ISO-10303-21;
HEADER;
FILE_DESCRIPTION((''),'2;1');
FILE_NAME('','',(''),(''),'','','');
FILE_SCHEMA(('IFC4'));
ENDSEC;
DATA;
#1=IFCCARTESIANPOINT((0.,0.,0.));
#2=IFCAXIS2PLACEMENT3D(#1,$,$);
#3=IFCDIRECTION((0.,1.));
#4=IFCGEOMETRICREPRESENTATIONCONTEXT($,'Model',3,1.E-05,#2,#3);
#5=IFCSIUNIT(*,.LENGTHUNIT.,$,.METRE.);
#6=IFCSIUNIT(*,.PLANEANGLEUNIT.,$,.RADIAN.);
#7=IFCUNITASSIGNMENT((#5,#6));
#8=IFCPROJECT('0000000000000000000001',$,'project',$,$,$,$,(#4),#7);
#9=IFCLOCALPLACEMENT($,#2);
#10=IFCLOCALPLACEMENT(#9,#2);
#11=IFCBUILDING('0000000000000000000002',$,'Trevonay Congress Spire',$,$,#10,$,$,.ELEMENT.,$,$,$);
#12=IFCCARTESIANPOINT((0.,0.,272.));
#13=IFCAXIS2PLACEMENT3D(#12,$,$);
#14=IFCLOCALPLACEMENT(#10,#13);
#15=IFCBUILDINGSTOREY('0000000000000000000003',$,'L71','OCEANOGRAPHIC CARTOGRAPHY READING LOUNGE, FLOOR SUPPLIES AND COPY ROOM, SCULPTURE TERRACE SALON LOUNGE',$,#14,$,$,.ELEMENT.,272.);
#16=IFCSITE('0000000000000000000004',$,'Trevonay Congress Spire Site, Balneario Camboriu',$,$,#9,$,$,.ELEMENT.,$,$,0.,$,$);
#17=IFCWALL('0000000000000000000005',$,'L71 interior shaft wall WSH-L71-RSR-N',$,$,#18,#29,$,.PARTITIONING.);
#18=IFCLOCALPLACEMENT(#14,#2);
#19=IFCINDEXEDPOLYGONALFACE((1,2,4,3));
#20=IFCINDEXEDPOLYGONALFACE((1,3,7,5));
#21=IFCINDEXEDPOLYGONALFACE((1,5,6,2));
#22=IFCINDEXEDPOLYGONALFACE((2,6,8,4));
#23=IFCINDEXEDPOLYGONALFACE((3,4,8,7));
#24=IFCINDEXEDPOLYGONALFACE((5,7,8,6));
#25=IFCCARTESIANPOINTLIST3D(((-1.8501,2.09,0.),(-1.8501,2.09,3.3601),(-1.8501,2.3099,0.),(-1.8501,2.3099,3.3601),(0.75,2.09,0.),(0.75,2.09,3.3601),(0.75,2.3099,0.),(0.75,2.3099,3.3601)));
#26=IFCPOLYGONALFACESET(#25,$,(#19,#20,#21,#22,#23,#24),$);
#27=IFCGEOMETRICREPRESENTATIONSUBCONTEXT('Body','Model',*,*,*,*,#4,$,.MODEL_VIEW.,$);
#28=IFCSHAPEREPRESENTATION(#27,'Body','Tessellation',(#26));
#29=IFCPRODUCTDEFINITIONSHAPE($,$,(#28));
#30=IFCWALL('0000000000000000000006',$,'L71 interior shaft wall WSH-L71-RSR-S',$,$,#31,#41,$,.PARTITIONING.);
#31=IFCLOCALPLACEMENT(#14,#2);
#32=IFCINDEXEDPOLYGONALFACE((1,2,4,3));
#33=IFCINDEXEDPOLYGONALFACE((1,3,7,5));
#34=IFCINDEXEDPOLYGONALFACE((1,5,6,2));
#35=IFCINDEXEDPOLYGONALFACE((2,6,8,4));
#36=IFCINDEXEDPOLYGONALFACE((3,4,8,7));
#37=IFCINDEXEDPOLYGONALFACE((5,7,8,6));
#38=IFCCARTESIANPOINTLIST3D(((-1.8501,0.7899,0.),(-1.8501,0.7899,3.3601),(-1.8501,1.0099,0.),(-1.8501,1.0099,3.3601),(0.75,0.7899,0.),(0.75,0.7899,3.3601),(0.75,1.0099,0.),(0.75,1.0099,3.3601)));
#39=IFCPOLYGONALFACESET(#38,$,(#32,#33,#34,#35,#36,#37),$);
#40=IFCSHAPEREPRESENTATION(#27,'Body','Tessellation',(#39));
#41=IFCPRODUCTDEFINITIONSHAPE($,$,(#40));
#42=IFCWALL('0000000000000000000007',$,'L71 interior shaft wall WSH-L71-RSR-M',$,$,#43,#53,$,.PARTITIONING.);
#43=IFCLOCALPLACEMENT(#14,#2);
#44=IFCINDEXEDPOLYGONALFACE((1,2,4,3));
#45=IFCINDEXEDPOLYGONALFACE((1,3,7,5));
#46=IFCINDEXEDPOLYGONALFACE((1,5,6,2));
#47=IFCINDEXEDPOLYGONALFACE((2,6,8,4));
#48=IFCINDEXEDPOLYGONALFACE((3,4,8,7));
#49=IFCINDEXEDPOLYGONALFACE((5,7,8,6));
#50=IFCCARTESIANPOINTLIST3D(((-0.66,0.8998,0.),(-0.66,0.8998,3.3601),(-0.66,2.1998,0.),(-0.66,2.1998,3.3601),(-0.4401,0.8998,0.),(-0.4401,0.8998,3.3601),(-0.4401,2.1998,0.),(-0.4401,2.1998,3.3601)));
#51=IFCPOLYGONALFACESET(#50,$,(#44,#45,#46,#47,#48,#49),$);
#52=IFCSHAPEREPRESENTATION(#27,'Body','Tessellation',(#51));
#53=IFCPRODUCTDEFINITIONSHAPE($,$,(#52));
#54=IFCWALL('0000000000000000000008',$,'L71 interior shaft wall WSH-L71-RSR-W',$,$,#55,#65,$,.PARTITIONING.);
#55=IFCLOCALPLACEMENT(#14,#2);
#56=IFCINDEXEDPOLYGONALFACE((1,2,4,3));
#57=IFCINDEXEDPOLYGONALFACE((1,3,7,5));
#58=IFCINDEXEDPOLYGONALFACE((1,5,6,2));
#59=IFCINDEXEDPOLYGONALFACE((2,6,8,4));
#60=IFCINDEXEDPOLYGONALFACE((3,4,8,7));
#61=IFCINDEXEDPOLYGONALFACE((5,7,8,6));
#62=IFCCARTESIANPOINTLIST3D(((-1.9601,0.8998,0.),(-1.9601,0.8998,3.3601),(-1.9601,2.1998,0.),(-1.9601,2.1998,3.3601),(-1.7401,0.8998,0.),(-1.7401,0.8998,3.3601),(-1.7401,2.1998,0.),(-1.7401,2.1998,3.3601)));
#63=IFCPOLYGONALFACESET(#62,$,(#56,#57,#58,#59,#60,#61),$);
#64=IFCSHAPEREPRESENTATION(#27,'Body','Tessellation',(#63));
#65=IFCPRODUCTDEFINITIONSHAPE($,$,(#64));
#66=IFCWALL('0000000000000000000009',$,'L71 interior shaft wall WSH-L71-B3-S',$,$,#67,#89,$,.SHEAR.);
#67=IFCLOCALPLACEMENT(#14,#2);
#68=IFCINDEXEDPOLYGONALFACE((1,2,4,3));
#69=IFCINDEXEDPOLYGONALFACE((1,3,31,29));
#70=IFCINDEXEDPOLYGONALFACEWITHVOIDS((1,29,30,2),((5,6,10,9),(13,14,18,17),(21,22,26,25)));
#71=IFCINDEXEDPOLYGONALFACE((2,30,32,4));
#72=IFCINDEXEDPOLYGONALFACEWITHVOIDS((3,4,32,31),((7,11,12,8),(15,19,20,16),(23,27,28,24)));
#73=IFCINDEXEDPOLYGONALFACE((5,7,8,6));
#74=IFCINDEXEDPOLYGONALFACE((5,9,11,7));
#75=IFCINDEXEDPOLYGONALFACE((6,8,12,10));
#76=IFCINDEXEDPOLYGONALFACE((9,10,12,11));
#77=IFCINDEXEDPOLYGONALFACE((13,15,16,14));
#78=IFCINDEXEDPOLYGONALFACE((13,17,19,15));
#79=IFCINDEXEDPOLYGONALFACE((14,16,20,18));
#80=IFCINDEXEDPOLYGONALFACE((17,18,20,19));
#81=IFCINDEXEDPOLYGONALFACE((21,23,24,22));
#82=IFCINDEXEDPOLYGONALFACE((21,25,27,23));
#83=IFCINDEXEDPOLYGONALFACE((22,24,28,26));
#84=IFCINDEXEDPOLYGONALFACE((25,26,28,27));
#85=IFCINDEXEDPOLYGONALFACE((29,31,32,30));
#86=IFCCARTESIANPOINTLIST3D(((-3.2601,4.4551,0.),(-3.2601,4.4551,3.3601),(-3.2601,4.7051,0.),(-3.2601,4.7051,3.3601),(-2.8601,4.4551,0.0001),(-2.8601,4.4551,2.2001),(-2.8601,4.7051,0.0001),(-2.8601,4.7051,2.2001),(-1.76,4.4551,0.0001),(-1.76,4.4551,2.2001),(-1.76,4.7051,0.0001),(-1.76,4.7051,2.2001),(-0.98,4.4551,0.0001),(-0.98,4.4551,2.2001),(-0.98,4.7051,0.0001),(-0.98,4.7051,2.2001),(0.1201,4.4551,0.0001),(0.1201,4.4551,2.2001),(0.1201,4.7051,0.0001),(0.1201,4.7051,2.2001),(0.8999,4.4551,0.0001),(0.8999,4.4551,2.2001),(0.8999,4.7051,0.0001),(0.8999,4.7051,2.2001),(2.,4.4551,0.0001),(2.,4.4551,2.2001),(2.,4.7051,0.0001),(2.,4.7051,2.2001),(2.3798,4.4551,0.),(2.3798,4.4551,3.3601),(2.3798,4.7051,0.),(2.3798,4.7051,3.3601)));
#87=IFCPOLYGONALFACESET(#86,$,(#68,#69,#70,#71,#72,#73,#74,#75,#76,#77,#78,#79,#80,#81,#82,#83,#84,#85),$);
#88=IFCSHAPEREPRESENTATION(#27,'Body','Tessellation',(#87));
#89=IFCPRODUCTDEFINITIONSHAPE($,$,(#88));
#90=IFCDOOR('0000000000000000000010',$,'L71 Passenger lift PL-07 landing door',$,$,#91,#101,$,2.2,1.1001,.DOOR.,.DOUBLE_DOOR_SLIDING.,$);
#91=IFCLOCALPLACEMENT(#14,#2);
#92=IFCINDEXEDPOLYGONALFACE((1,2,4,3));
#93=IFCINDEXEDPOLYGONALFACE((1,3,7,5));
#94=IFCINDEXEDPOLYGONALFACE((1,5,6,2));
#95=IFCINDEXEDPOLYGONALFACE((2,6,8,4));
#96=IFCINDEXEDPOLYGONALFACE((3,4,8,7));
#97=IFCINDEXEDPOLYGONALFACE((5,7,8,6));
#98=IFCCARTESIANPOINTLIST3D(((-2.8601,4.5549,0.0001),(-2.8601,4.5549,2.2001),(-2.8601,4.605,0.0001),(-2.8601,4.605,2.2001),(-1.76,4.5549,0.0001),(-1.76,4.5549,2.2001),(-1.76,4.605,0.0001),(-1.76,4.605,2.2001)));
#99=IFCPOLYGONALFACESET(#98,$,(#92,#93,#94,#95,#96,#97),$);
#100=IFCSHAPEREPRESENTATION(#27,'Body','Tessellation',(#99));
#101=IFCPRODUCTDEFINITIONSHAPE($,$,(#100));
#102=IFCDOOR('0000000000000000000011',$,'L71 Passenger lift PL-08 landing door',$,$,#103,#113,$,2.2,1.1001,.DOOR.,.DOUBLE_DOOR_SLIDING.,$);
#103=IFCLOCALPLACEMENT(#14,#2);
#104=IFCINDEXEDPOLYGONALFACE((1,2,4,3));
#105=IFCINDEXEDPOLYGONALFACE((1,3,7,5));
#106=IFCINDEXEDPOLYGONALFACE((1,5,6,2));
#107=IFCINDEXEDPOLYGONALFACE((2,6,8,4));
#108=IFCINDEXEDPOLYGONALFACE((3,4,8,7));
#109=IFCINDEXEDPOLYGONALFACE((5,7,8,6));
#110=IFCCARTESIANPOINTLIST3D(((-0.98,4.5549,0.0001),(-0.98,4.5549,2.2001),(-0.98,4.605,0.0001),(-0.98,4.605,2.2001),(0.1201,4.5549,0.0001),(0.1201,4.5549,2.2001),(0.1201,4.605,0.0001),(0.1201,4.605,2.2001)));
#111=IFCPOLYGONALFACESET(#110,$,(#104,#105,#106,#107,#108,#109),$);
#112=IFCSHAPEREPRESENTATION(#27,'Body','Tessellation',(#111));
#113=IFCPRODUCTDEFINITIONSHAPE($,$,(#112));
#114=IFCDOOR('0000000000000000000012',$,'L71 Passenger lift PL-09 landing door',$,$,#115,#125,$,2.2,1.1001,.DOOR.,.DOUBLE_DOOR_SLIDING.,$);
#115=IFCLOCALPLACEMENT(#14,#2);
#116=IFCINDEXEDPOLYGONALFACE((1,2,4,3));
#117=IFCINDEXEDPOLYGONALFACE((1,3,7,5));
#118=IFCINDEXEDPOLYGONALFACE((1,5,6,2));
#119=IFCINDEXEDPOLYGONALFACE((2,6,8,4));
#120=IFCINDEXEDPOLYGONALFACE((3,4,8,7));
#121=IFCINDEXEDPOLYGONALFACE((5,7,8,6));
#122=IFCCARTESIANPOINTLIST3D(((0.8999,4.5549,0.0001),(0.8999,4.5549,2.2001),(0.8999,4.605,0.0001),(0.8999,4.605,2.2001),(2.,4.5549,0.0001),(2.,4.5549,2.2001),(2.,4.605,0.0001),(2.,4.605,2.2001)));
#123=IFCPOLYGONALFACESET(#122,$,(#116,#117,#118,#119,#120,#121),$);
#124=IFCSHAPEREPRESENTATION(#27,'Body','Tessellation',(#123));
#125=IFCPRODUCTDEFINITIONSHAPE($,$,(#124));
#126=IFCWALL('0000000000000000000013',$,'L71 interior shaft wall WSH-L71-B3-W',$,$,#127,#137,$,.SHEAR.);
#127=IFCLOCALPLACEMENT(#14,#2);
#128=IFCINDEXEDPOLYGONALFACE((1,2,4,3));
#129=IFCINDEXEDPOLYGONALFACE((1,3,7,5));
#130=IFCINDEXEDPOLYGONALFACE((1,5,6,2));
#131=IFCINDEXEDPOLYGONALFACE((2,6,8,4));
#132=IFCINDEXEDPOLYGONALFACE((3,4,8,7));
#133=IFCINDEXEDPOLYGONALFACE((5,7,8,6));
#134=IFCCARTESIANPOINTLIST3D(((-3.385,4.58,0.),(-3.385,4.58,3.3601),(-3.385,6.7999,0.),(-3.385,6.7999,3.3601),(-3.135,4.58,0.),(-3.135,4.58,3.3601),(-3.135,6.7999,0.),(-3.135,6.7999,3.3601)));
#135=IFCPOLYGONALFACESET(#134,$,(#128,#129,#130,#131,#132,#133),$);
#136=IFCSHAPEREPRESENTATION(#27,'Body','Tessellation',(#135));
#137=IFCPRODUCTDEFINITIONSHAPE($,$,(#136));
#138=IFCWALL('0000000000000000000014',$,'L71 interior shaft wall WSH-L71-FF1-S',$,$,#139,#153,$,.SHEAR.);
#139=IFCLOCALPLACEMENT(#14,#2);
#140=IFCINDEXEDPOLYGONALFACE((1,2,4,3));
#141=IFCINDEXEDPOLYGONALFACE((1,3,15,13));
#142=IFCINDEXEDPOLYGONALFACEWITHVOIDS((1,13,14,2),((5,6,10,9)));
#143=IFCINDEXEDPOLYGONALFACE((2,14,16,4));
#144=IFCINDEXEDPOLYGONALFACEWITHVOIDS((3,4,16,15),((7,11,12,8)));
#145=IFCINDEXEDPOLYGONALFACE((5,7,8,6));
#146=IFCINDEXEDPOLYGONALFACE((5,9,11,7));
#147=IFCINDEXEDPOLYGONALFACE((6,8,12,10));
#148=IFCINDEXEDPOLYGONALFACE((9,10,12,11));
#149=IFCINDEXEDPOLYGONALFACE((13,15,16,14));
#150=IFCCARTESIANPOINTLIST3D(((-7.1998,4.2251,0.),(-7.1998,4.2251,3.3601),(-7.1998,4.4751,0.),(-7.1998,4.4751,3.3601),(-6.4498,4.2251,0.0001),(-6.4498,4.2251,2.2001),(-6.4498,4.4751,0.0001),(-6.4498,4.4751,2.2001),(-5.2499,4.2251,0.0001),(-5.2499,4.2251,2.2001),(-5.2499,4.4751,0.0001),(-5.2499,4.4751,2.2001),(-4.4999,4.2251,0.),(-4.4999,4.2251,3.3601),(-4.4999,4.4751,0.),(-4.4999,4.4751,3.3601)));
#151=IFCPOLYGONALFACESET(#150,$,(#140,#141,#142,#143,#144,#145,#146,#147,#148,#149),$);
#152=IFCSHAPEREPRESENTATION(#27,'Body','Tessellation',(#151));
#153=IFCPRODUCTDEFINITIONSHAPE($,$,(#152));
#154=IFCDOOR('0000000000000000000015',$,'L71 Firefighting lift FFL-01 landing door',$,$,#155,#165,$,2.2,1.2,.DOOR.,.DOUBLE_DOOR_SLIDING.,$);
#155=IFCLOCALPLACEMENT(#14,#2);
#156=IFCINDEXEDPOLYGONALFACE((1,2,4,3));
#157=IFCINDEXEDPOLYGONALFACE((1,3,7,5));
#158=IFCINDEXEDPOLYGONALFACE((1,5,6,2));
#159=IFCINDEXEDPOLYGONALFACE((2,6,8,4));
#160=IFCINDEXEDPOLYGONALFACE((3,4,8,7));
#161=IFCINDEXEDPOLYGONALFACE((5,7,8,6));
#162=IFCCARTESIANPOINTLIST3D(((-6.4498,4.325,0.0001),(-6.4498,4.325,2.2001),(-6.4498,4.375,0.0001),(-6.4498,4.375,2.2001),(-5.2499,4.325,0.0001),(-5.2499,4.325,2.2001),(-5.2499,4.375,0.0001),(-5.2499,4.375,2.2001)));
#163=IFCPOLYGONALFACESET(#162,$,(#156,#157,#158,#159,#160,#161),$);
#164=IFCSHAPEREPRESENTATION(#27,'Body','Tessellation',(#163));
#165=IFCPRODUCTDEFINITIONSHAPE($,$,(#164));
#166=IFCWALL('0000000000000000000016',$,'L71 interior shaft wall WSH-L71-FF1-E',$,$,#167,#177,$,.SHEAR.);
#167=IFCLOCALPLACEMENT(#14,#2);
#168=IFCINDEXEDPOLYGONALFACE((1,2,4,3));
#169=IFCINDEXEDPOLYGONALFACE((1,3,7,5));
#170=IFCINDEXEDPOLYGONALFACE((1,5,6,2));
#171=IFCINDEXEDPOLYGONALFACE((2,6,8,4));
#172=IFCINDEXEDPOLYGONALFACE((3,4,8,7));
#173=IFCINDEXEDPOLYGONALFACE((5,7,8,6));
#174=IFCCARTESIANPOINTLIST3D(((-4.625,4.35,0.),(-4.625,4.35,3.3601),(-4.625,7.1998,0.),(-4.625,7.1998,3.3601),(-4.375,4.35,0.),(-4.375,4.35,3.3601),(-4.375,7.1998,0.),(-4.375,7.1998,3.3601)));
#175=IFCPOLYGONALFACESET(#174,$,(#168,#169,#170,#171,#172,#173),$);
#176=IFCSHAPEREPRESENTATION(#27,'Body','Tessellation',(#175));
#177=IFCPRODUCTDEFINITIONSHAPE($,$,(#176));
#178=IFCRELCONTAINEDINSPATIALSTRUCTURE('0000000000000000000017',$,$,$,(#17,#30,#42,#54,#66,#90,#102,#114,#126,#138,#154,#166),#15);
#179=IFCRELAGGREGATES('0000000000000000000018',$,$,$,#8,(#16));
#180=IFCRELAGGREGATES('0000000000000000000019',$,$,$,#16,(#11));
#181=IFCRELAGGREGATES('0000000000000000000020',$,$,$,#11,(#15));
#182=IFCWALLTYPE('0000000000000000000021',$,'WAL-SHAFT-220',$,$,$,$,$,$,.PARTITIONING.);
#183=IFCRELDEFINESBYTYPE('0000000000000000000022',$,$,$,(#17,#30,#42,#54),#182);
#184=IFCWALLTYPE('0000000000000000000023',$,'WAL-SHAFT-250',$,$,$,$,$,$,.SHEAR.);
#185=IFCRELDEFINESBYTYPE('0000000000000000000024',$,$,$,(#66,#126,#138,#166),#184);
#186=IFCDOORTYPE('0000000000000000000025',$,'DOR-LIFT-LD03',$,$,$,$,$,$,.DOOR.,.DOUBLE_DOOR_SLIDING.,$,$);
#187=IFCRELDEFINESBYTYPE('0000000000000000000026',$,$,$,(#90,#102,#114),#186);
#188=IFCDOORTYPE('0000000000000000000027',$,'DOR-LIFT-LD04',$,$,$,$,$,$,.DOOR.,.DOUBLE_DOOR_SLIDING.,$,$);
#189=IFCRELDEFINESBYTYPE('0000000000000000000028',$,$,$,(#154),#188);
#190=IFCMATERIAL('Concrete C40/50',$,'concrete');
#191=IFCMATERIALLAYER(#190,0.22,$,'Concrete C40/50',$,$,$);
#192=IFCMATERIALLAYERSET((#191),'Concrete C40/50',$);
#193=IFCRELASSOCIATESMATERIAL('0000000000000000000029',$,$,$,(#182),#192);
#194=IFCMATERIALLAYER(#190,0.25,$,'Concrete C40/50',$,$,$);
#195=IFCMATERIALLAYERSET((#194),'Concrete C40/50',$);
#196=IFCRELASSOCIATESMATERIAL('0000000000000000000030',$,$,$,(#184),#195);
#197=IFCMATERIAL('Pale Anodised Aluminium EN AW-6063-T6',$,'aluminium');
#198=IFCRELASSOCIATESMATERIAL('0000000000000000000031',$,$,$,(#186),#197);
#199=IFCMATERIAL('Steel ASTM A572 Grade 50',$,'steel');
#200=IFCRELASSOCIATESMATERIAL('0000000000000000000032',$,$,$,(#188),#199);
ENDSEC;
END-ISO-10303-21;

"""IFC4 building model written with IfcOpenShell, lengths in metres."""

from ifc_helpers import new_model, si_unit, direction, frame, frame_2d, origin, place, context, subcontext, project, spatial, rectangle, extrude, material, layer, layer_set, type_object, element, fill, save


model = new_model("IFC4")

# Units and contexts
model_context = context("Model", 3, precision=1e-05, world=origin(), true_north=direction((0.0, 1.0)))
body_context = subcontext(model_context, "Body", "Model", "MODEL_VIEW")
ifc_project = project(units=[si_unit("LENGTHUNIT", "METRE"), si_unit("PLANEANGLEUNIT", "RADIAN")], contexts=[model_context])

# Site, building, storey
site_placement = place(None, origin())
site = spatial("IfcSite", under=ifc_project, at=site_placement, Name="Trevonay Congress Spire Site, Balneario Camboriu", CompositionType="ELEMENT", RefElevation=0.0)
building_placement = place(site_placement, origin())
building = spatial("IfcBuilding", under=site, at=building_placement, Name="Trevonay Congress Spire", CompositionType="ELEMENT")
storey_placement = place(building_placement, frame((0.0, 0.0, 272.0)))
storey = spatial("IfcBuildingStorey", under=building, at=storey_placement, Name="L71", Description="OCEANOGRAPHIC CARTOGRAPHY READING LOUNGE, FLOOR SUPPLIES AND COPY ROOM, SCULPTURE TERRACE SALON LOUNGE", CompositionType="ELEMENT", Elevation=272.0)

# Shared definitions
ifc_material_1 = material(Name="Steel ASTM A572 Grade 50", Category="steel")

# Shared definitions
ifc_material_2 = material(Name="Concrete C40/50", Category="concrete")

# Walls
ifc_layer_1 = layer(ifc_material_2, 0.22, Name="Concrete C40/50")
ifc_layer_set_1 = layer_set([ifc_layer_1], Name="Concrete C40/50")
wall_type_1 = type_object("IfcWallType", Name="WAL-SHAFT-220", PredefinedType="PARTITIONING", material=ifc_layer_set_1)
for number, where, z_axis, x_axis, name in (
    (1, (-1.8501, 2.2, 0.0), (0.0, 0.0, 1.0), (1.0, 0.0, 0.0), "L71 interior shaft wall WSH-L71-RSR-N"),
    (2, (-1.8501, 0.8999, 0.0), (0.0, 0.0, 1.0), (1.0, 0.0, 0.0), "L71 interior shaft wall WSH-L71-RSR-S"),
):
    element("IfcWall", number, at=place(storey_placement, frame(where, z_axis=z_axis, x_axis=x_axis)), inside=storey, type_object=wall_type_1, Name=name, PredefinedType="PARTITIONING", context=body_context, shape_type="SweptSolid", body=[
        extrude(rectangle(XDim=2.6001, YDim=0.22, at=frame_2d((1.3, 0.0))), origin(), (0.0, 0.0, 1.0), 3.3601),
    ])
for number, where, z_axis, x_axis, name in (
    (3, (-0.55, 0.8999, 0.0), (0.0, 0.0, 1.0), (0.0, 1.0, 0.0), "L71 interior shaft wall WSH-L71-RSR-M"),
    (4, (-1.8501, 0.8999, 0.0), (0.0, 0.0, 1.0), (0.0, 1.0, 0.0), "L71 interior shaft wall WSH-L71-RSR-W"),
):
    element("IfcWall", number, at=place(storey_placement, frame(where, z_axis=z_axis, x_axis=x_axis)), inside=storey, type_object=wall_type_1, Name=name, PredefinedType="PARTITIONING", context=body_context, shape_type="SweptSolid", body=[
        extrude(rectangle(XDim=1.3, YDim=0.22, at=frame_2d((0.6499, 0.0))), origin(), (0.0, 0.0, 1.0), 3.3601),
    ])

# Wall, openings, doors
ifc_layer_2 = layer(ifc_material_2, 0.25, Name="Concrete C40/50")
ifc_layer_set_2 = layer_set([ifc_layer_2], Name="Concrete C40/50")
wall_type_2 = type_object("IfcWallType", Name="WAL-SHAFT-250", PredefinedType="SHEAR", material=ifc_layer_set_2)
wall_1_placement = place(storey_placement, frame((-3.26, 4.5801, 0.0), z_axis=(0.0, 0.0, 1.0), x_axis=(1.0, 0.0, 0.0)))
wall_1 = element("IfcWall", 5, at=wall_1_placement, inside=storey, type_object=wall_type_2, Name="L71 interior shaft wall WSH-L71-B3-S", PredefinedType="SHEAR", context=body_context, shape_type="SweptSolid", body=[
    extrude(rectangle(XDim=5.6399, YDim=0.25, at=frame_2d((2.8198, 0.0))), origin(), (0.0, 0.0, 1.0), 3.3601),
])
opening_1_placement = place(wall_1_placement, frame((0.3999, 0.0, 0.0)))
opening_1 = element("IfcOpeningElement", 6, at=opening_1_placement, cuts=wall_1, PredefinedType="OPENING", context=body_context, shape_type="SweptSolid", body=[
    extrude(rectangle(XDim=1.1001, YDim=2.2, at=frame_2d((0.55, 1.1001))), frame((0.0, 0.135, 0.0), z_axis=(0.0, -1.0, 0.0), x_axis=(1.0, 0.0, 0.0)), (0.0, 0.0, 1.0), 0.27),
])
opening_2_placement = place(wall_1_placement, frame((2.28, 0.0, 0.0)))
opening_2 = element("IfcOpeningElement", 7, at=opening_2_placement, cuts=wall_1, PredefinedType="OPENING", context=body_context, shape_type="SweptSolid", body=[
    extrude(rectangle(XDim=1.1001, YDim=2.2, at=frame_2d((0.55, 1.1001))), frame((0.0, 0.135, 0.0), z_axis=(0.0, -1.0, 0.0), x_axis=(1.0, 0.0, 0.0)), (0.0, 0.0, 1.0), 0.27),
])
opening_3_placement = place(wall_1_placement, frame((4.1599, 0.0, 0.0)))
opening_3 = element("IfcOpeningElement", 8, at=opening_3_placement, cuts=wall_1, PredefinedType="OPENING", context=body_context, shape_type="SweptSolid", body=[
    extrude(rectangle(XDim=1.1001, YDim=2.2, at=frame_2d((0.55, 1.1001))), frame((0.0, 0.135, 0.0), z_axis=(0.0, -1.0, 0.0), x_axis=(1.0, 0.0, 0.0)), (0.0, 0.0, 1.0), 0.27),
])
ifc_material_3 = material(Name="Pale Anodised Aluminium EN AW-6063-T6", Category="aluminium")
door_type_1 = type_object("IfcDoorType", Name="DOR-LIFT-LD03", OperationType="DOUBLE_DOOR_SLIDING", PredefinedType="DOOR", material=ifc_material_3)
door_1_placement = place(opening_1_placement, origin())
door_1 = element("IfcDoor", 9, at=door_1_placement, inside=storey, type_object=door_type_1, Name="L71 Passenger lift PL-07 landing door", OperationType="DOUBLE_DOOR_SLIDING", OverallHeight=2.2, OverallWidth=1.1001, PredefinedType="DOOR", context=body_context, shape_type="SweptSolid", body=[
    extrude(rectangle(XDim=1.1001, YDim=2.2, at=frame_2d((0.55, 1.1001))), frame((0.0, 0.0249, 0.0), z_axis=(0.0, -1.0, 0.0), x_axis=(1.0, 0.0, 0.0)), (0.0, 0.0, 1.0), 0.05),
])
fill(opening_1, door_1)
door_2_placement = place(opening_2_placement, origin())
door_2 = element("IfcDoor", 10, at=door_2_placement, inside=storey, type_object=door_type_1, Name="L71 Passenger lift PL-08 landing door", OperationType="DOUBLE_DOOR_SLIDING", OverallHeight=2.2, OverallWidth=1.1001, PredefinedType="DOOR", context=body_context, shape_type="SweptSolid", body=[
    extrude(rectangle(XDim=1.1001, YDim=2.2, at=frame_2d((0.55, 1.1001))), frame((0.0, 0.0249, 0.0), z_axis=(0.0, -1.0, 0.0), x_axis=(1.0, 0.0, 0.0)), (0.0, 0.0, 1.0), 0.05),
])
fill(opening_2, door_2)
door_3_placement = place(opening_3_placement, origin())
door_3 = element("IfcDoor", 11, at=door_3_placement, inside=storey, type_object=door_type_1, Name="L71 Passenger lift PL-09 landing door", OperationType="DOUBLE_DOOR_SLIDING", OverallHeight=2.2, OverallWidth=1.1001, PredefinedType="DOOR", context=body_context, shape_type="SweptSolid", body=[
    extrude(rectangle(XDim=1.1001, YDim=2.2, at=frame_2d((0.55, 1.1001))), frame((0.0, 0.0249, 0.0), z_axis=(0.0, -1.0, 0.0), x_axis=(1.0, 0.0, 0.0)), (0.0, 0.0, 1.0), 0.05),
])
fill(opening_3, door_3)

# Wall
wall_2_placement = place(storey_placement, frame((-3.26, 4.5801, 0.0), z_axis=(0.0, 0.0, 1.0), x_axis=(0.0, 1.0, 0.0)))
element("IfcWall", 12, at=wall_2_placement, inside=storey, type_object=wall_type_2, Name="L71 interior shaft wall WSH-L71-B3-W", PredefinedType="SHEAR", context=body_context, shape_type="SweptSolid", body=[
    extrude(rectangle(XDim=2.22, YDim=0.25, at=frame_2d((1.1099, 0.0))), origin(), (0.0, 0.0, 1.0), 3.3601),
])

# Wall, opening, door
wall_3_placement = place(storey_placement, frame((-7.2, 4.3501, 0.0), z_axis=(0.0, 0.0, 1.0), x_axis=(1.0, 0.0, 0.0)))
wall_3 = element("IfcWall", 13, at=wall_3_placement, inside=storey, type_object=wall_type_2, Name="L71 interior shaft wall WSH-L71-FF1-S", PredefinedType="SHEAR", context=body_context, shape_type="SweptSolid", body=[
    extrude(rectangle(XDim=2.7, YDim=0.25, at=frame_2d((1.3501, 0.0))), origin(), (0.0, 0.0, 1.0), 3.3601),
])
opening_4_placement = place(wall_3_placement, frame((0.75, 0.0, 0.0)))
opening_4 = element("IfcOpeningElement", 14, at=opening_4_placement, cuts=wall_3, PredefinedType="OPENING", context=body_context, shape_type="SweptSolid", body=[
    extrude(rectangle(XDim=1.2, YDim=2.2, at=frame_2d((0.6001, 1.1001))), frame((0.0, 0.135, 0.0), z_axis=(0.0, -1.0, 0.0), x_axis=(1.0, 0.0, 0.0)), (0.0, 0.0, 1.0), 0.27),
])
door_type_2 = type_object("IfcDoorType", Name="DOR-LIFT-LD04", OperationType="DOUBLE_DOOR_SLIDING", PredefinedType="DOOR", material=ifc_material_1)
door_4_placement = place(opening_4_placement, origin())
door_4 = element("IfcDoor", 15, at=door_4_placement, inside=storey, type_object=door_type_2, Name="L71 Firefighting lift FFL-01 landing door", OperationType="DOUBLE_DOOR_SLIDING", OverallHeight=2.2, OverallWidth=1.2, PredefinedType="DOOR", context=body_context, shape_type="SweptSolid", body=[
    extrude(rectangle(XDim=1.2, YDim=2.2, at=frame_2d((0.6001, 1.1001))), frame((0.0, 0.0249, 0.0), z_axis=(0.0, -1.0, 0.0), x_axis=(1.0, 0.0, 0.0)), (0.0, 0.0, 1.0), 0.05),
])
fill(opening_4, door_4)

# Wall
wall_4_placement = place(storey_placement, frame((-4.5, 4.3501, 0.0), z_axis=(0.0, 0.0, 1.0), x_axis=(0.0, 1.0, 0.0)))
element("IfcWall", 16, at=wall_4_placement, inside=storey, type_object=wall_type_2, Name="L71 interior shaft wall WSH-L71-FF1-E", PredefinedType="SHEAR", context=body_context, shape_type="SweptSolid", body=[
    extrude(rectangle(XDim=2.8499, YDim=0.25, at=frame_2d((1.4248, 0.0))), origin(), (0.0, 0.0, 1.0), 3.3601),
])

save(model, "model.ifc")
